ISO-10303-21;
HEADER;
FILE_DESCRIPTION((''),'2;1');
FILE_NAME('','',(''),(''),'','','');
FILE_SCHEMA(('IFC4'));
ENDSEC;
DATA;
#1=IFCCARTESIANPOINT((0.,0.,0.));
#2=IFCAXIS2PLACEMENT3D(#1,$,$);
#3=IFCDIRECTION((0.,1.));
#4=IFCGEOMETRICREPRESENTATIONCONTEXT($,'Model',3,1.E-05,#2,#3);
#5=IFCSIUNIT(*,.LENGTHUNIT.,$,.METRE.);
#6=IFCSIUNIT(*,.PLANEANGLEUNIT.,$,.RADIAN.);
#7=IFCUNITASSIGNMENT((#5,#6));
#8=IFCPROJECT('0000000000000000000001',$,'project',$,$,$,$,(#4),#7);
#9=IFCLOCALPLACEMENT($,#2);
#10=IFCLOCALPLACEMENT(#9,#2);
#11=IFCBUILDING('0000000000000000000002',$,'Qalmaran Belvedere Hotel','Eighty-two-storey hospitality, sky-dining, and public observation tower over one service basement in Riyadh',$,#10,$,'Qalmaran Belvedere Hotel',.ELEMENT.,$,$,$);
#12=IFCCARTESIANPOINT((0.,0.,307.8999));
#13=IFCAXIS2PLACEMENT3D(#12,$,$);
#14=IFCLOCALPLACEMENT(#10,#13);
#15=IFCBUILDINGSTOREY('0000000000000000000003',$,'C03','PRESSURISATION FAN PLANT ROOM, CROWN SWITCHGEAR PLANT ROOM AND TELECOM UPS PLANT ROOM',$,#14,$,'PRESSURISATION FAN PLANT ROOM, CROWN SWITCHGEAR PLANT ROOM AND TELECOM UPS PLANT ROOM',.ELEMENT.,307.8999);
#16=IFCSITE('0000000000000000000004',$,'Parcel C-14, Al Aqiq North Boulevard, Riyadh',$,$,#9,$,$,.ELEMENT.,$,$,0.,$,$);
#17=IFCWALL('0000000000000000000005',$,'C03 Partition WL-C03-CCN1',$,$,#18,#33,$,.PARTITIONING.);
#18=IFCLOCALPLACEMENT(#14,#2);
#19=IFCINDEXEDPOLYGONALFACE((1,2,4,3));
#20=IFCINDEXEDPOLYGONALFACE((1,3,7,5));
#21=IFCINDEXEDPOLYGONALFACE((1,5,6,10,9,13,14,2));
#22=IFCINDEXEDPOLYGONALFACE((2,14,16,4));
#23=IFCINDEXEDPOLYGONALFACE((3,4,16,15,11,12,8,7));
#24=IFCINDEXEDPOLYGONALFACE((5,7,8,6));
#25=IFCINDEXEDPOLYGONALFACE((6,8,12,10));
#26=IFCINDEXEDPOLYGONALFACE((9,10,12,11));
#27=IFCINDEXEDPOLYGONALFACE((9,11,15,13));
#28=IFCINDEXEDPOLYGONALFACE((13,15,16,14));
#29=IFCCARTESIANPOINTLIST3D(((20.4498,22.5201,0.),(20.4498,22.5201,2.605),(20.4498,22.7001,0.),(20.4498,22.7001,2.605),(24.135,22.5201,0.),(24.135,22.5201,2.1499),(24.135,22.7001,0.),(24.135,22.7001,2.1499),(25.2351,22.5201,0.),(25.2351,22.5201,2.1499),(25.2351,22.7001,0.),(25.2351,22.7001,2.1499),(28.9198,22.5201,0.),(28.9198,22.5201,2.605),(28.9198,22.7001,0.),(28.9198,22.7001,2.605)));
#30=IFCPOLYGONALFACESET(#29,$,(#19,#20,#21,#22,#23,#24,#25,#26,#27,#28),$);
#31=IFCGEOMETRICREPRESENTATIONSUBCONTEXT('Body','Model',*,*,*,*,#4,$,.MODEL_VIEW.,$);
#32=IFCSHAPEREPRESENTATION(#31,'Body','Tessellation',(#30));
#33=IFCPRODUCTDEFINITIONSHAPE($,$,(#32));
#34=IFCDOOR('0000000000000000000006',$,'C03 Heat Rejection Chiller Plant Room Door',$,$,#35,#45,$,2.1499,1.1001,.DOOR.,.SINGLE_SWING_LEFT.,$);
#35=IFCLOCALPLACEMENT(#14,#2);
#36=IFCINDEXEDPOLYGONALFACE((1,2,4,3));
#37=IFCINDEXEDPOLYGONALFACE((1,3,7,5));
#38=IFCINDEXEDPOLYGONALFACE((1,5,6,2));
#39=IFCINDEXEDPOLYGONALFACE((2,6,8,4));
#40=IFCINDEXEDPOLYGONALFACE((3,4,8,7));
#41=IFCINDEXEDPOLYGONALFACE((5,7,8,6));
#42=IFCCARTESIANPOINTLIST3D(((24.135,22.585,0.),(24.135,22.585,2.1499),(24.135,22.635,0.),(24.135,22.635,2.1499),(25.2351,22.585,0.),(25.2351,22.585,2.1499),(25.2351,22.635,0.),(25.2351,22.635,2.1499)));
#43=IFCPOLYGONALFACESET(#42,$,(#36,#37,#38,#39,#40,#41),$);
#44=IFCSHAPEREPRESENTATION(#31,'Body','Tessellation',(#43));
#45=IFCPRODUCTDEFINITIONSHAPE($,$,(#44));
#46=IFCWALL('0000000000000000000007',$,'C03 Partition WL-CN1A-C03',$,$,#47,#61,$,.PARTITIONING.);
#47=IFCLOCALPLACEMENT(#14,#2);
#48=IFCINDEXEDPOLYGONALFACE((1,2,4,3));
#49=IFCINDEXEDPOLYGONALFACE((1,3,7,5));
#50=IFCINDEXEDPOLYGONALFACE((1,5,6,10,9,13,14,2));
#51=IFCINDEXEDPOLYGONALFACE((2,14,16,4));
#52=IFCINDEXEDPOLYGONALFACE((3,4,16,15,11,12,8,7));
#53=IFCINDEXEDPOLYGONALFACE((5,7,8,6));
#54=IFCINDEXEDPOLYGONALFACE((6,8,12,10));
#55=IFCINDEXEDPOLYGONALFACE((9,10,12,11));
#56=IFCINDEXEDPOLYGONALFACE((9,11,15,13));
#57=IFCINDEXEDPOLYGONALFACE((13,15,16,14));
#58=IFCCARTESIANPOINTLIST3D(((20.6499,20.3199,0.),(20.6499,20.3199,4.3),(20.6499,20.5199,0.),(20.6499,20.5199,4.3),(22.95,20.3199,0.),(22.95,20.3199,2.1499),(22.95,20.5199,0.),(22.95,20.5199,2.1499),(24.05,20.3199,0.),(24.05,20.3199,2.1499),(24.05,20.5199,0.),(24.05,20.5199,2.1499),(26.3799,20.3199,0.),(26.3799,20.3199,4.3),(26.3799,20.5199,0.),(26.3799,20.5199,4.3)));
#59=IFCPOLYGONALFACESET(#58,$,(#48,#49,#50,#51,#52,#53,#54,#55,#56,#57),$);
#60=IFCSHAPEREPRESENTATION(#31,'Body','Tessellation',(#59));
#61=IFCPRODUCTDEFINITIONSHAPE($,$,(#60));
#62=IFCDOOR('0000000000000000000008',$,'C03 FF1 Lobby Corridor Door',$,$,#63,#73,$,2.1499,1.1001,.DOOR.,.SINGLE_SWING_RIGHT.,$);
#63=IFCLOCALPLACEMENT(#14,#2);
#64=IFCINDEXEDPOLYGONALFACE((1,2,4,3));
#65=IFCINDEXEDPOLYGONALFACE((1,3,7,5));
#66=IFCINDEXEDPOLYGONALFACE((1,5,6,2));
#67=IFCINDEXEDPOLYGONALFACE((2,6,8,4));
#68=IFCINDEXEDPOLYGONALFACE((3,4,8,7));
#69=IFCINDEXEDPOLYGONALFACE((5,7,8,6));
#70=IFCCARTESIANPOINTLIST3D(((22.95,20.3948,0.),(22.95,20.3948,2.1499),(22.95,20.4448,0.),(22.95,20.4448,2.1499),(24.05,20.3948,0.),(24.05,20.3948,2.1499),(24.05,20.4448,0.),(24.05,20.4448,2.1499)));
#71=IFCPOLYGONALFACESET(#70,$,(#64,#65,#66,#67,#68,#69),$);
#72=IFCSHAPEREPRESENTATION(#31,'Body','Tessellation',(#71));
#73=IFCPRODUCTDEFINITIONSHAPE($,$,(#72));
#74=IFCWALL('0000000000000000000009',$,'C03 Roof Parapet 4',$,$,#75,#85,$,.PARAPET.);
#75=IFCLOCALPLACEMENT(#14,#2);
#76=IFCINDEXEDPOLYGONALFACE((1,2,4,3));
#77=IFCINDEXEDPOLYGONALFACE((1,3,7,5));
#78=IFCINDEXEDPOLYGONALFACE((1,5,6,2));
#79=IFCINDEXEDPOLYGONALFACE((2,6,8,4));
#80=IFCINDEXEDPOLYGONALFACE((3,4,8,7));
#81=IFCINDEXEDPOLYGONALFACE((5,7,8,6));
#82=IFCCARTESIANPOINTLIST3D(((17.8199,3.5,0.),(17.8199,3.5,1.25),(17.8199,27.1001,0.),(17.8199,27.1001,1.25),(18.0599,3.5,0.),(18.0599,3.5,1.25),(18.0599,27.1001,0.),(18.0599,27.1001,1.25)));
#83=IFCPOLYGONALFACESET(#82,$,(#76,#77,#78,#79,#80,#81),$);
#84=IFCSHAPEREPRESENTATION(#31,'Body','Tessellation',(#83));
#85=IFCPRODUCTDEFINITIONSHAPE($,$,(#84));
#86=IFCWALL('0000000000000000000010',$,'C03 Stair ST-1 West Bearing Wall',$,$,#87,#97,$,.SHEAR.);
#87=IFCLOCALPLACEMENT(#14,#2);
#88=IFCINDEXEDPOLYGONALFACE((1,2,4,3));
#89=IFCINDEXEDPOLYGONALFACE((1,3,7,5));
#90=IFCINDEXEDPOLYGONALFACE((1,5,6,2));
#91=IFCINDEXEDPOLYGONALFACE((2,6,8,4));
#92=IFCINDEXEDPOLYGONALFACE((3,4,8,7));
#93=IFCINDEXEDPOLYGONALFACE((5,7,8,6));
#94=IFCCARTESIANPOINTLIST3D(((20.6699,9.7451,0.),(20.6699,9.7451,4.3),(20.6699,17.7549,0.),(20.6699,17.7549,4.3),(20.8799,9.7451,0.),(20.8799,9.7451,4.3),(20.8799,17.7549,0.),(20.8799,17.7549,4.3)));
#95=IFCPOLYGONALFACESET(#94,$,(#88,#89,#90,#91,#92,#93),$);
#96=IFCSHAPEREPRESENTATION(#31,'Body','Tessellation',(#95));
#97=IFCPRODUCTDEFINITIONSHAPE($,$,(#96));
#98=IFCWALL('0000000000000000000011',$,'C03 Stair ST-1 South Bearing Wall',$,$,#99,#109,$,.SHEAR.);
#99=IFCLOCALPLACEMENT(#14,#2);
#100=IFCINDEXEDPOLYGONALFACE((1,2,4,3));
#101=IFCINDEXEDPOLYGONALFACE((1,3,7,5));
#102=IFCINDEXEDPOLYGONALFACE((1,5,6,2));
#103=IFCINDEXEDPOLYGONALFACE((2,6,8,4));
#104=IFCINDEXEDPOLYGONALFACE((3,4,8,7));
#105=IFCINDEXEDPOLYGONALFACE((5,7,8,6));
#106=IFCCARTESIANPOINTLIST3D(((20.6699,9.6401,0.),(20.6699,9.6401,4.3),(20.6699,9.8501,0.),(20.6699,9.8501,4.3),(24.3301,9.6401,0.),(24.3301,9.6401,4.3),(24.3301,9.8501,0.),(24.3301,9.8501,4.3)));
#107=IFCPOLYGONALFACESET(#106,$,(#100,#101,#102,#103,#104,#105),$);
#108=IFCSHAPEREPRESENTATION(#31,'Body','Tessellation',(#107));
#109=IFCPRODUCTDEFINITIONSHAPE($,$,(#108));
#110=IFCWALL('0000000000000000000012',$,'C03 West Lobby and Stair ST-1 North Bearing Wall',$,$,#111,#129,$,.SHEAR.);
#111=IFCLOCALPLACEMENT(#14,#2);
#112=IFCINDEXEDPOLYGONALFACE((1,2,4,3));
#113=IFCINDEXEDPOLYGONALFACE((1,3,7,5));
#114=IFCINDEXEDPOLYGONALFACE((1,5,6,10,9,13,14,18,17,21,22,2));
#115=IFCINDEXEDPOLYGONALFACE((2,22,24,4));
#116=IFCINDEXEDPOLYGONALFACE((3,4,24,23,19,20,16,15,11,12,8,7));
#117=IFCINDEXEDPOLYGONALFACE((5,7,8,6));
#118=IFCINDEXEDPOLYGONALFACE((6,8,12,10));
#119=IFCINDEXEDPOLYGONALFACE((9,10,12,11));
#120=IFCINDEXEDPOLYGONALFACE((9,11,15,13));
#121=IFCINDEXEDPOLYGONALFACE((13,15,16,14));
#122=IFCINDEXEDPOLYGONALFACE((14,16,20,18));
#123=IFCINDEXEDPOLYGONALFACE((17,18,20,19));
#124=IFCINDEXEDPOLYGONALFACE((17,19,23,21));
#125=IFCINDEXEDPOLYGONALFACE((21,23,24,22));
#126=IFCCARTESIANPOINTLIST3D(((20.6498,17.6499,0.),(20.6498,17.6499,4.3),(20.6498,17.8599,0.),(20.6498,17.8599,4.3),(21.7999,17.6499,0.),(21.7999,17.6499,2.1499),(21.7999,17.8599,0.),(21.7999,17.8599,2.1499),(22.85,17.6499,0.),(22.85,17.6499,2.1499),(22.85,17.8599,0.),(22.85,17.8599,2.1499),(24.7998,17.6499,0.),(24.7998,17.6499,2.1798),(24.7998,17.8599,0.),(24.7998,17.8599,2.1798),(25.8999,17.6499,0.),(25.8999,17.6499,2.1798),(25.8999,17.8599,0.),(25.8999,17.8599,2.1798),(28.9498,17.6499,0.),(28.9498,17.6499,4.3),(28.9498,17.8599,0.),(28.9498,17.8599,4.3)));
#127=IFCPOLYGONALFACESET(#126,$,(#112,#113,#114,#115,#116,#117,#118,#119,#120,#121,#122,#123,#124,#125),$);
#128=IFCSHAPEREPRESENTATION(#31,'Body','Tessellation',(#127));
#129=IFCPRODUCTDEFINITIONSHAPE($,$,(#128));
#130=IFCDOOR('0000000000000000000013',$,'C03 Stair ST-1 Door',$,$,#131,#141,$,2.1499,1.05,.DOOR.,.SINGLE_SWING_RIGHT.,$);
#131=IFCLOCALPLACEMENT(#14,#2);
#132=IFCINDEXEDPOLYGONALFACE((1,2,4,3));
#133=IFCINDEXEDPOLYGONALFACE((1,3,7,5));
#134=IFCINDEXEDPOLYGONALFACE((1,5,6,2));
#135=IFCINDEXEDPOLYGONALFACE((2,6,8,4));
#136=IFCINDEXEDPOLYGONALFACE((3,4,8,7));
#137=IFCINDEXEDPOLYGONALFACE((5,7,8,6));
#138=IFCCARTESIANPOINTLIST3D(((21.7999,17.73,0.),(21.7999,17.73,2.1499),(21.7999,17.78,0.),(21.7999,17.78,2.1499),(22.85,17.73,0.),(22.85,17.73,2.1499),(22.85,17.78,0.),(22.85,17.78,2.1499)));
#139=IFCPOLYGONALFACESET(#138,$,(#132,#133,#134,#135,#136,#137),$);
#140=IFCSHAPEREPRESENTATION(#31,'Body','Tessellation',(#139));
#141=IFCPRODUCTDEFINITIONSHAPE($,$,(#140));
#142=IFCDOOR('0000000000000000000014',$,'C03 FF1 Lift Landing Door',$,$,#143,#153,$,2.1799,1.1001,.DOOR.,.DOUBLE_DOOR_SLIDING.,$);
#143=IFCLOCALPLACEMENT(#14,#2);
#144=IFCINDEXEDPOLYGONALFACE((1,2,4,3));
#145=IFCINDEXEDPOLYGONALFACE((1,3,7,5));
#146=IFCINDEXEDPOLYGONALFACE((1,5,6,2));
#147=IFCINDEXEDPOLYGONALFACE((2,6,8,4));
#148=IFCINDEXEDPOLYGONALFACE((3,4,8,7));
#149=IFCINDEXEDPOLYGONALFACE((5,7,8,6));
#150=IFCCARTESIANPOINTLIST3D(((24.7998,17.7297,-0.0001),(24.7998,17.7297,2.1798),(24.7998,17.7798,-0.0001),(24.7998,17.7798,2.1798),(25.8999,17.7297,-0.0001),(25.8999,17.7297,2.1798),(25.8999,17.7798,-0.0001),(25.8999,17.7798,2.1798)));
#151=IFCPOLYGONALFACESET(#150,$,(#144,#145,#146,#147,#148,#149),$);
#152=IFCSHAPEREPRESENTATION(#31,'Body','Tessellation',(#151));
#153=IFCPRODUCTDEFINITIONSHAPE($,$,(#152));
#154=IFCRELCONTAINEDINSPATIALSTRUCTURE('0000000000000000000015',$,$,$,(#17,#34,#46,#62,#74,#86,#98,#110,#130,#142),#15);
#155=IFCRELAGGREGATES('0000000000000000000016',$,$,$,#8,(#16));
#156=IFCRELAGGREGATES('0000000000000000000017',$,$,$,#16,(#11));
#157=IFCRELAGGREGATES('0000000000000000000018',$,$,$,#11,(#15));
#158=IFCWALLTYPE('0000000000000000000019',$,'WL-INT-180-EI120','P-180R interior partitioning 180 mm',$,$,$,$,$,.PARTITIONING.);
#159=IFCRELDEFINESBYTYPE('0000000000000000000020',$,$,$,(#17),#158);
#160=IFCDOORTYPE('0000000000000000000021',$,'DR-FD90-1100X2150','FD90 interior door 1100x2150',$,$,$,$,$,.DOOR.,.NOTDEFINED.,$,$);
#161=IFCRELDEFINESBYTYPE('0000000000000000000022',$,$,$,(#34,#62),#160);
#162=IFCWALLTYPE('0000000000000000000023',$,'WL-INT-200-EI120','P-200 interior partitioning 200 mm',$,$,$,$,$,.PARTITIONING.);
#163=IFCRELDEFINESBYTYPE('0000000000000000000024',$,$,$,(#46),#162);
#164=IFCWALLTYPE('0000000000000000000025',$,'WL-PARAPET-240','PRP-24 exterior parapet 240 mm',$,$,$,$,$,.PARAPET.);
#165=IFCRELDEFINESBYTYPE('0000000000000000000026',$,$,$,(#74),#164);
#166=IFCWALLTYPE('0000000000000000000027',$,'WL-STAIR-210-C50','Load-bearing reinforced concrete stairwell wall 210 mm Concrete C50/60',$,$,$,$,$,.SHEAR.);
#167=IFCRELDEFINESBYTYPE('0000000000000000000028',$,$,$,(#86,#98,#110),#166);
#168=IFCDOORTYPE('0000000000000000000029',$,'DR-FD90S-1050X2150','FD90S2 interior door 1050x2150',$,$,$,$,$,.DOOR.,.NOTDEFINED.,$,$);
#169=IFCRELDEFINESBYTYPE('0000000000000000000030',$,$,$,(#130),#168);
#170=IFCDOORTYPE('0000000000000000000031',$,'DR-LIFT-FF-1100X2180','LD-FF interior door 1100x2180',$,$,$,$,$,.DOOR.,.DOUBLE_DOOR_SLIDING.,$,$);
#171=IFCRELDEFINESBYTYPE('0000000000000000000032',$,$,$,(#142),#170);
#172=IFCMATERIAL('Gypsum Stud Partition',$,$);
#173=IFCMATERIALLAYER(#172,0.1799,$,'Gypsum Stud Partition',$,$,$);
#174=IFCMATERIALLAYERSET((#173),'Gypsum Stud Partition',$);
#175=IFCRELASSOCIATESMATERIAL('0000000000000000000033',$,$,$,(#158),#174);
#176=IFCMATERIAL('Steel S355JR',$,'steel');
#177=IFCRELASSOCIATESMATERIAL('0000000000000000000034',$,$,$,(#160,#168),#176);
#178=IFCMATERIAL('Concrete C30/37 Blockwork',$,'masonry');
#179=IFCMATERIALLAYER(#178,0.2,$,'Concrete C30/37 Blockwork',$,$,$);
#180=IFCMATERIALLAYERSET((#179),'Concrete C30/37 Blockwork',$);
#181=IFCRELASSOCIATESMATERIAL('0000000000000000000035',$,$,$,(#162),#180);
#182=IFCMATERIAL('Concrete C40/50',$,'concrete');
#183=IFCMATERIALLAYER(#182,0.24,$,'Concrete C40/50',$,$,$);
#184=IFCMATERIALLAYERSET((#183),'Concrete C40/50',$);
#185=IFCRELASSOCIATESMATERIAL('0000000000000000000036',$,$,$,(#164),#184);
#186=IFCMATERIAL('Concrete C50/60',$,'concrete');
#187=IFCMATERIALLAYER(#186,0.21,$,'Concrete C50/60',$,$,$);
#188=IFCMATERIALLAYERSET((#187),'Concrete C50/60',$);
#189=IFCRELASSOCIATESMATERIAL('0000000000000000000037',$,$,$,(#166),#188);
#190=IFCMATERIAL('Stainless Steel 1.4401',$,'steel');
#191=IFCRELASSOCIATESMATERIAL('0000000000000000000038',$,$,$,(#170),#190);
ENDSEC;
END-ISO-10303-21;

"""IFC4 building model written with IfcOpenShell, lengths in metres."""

from ifc_helpers import new_model, si_unit, direction, frame, frame_2d, origin, place, context, subcontext, project, spatial, rectangle, extrude, material, layer, layer_set, type_object, element, fill, save


model = new_model("IFC4")

# Units and contexts
model_context = context("Model", 3, precision=1e-05, world=origin(), true_north=direction((0.0, 1.0)))
body_context = subcontext(model_context, "Body", "Model", "MODEL_VIEW")
ifc_project = project(units=[si_unit("LENGTHUNIT", "METRE"), si_unit("PLANEANGLEUNIT", "RADIAN")], contexts=[model_context])

# Site, building, storey
site_placement = place(None, origin())
site = spatial("IfcSite", under=ifc_project, at=site_placement, Name="Parcel C-14, Al Aqiq North Boulevard, Riyadh", CompositionType="ELEMENT", RefElevation=0.0)
building_placement = place(site_placement, origin())
building = spatial("IfcBuilding", under=site, at=building_placement, Name="Qalmaran Belvedere Hotel", Description="Eighty-two-storey hospitality, sky-dining, and public observation tower over one service basement in Riyadh", LongName="Qalmaran Belvedere Hotel", CompositionType="ELEMENT")
storey_placement = place(building_placement, frame((0.0, 0.0, 307.8999)))
storey = spatial("IfcBuildingStorey", under=building, at=storey_placement, Name="C03", Description="PRESSURISATION FAN PLANT ROOM, CROWN SWITCHGEAR PLANT ROOM AND TELECOM UPS PLANT ROOM", LongName="PRESSURISATION FAN PLANT ROOM, CROWN SWITCHGEAR PLANT ROOM AND TELECOM UPS PLANT ROOM", CompositionType="ELEMENT", Elevation=307.8999)

# Shared definitions
ifc_material_1 = material(Name="Steel S355JR", Category="steel")

# Shared definitions
ifc_material_2 = material(Name="Concrete C40/50", Category="concrete")

# Shared definitions
ifc_material_3 = material(Name="Concrete C50/60", Category="concrete")

# Walls, openings, doors
ifc_material_4 = material(Name="Gypsum Stud Partition")
ifc_layer_1 = layer(ifc_material_4, 0.1799, Name="Gypsum Stud Partition")
ifc_layer_set_1 = layer_set([ifc_layer_1], Name="Gypsum Stud Partition")
wall_type_1 = type_object("IfcWallType", Name="WL-INT-180-EI120", Description="P-180R interior partitioning 180 mm", PredefinedType="PARTITIONING", material=ifc_layer_set_1)
wall_1_placement = place(storey_placement, frame((20.45, 22.6101, 0.0), z_axis=(0.0, 0.0, 1.0), x_axis=(1.0, 0.0, 0.0)))
wall_1 = element("IfcWall", 1, at=wall_1_placement, inside=storey, type_object=wall_type_1, Name="C03 Partition WL-C03-CCN1", PredefinedType="PARTITIONING", context=body_context, shape_type="SweptSolid", body=[
    extrude(rectangle(XDim=8.47, YDim=0.1799, at=frame_2d((4.2349, 0.0))), origin(), (0.0, 0.0, 1.0), 2.605),
])
opening_1_placement = place(wall_1_placement, frame((3.6851, 0.0, 0.0)))
opening_1 = element("IfcOpeningElement", 2, at=opening_1_placement, cuts=wall_1, PredefinedType="OPENING", context=body_context, shape_type="SweptSolid", body=[
    extrude(rectangle(XDim=1.1001, YDim=2.1499, at=frame_2d((0.55, 1.075))), frame((0.0, 0.1001, 0.0), z_axis=(0.0, -1.0, 0.0), x_axis=(1.0, 0.0, 0.0)), (0.0, 0.0, 1.0), 0.2),
])
door_type_1 = type_object("IfcDoorType", Name="DR-FD90-1100X2150", Description="FD90 interior door 1100x2150", OperationType="NOTDEFINED", PredefinedType="DOOR", material=ifc_material_1)
door_1_placement = place(opening_1_placement, origin())
door_1 = element("IfcDoor", 3, at=door_1_placement, inside=storey, type_object=door_type_1, Name="C03 Heat Rejection Chiller Plant Room Door", OperationType="SINGLE_SWING_LEFT", OverallHeight=2.1499, OverallWidth=1.1001, PredefinedType="DOOR", context=body_context, shape_type="SweptSolid", body=[
    extrude(rectangle(XDim=1.1001, YDim=2.1499, at=frame_2d((0.55, 1.075))), frame((0.0, 0.0249, 0.0), z_axis=(0.0, -1.0, 0.0), x_axis=(1.0, 0.0, 0.0)), (0.0, 0.0, 1.0), 0.05),
])
fill(opening_1, door_1)
ifc_material_5 = material(Name="Concrete C30/37 Blockwork", Category="masonry")
ifc_layer_2 = layer(ifc_material_5, 0.2, Name="Concrete C30/37 Blockwork")
ifc_layer_set_2 = layer_set([ifc_layer_2], Name="Concrete C30/37 Blockwork")
wall_type_2 = type_object("IfcWallType", Name="WL-INT-200-EI120", Description="P-200 interior partitioning 200 mm", PredefinedType="PARTITIONING", material=ifc_layer_set_2)
wall_2_placement = place(storey_placement, frame((20.6499, 20.4199, 0.0), z_axis=(0.0, 0.0, 1.0), x_axis=(1.0, 0.0, 0.0)))
wall_2 = element("IfcWall", 4, at=wall_2_placement, inside=storey, type_object=wall_type_2, Name="C03 Partition WL-CN1A-C03", PredefinedType="PARTITIONING", context=body_context, shape_type="SweptSolid", body=[
    extrude(rectangle(XDim=5.73, YDim=0.2, at=frame_2d((2.865, 0.0))), origin(), (0.0, 0.0, 1.0), 4.3),
])
opening_2_placement = place(wall_2_placement, frame((2.3, 0.0, 0.0)))
opening_2 = element("IfcOpeningElement", 5, at=opening_2_placement, cuts=wall_2, PredefinedType="OPENING", context=body_context, shape_type="SweptSolid", body=[
    extrude(rectangle(XDim=1.1001, YDim=2.1499, at=frame_2d((0.55, 1.075))), frame((0.0, 0.1099, 0.0), z_axis=(0.0, -1.0, 0.0), x_axis=(1.0, 0.0, 0.0)), (0.0, 0.0, 1.0), 0.22),
])
door_2_placement = place(opening_2_placement, origin())
door_2 = element("IfcDoor", 6, at=door_2_placement, inside=storey, type_object=door_type_1, Name="C03 FF1 Lobby Corridor Door", OperationType="SINGLE_SWING_RIGHT", OverallHeight=2.1499, OverallWidth=1.1001, PredefinedType="DOOR", context=body_context, shape_type="SweptSolid", body=[
    extrude(rectangle(XDim=1.1001, YDim=2.1499, at=frame_2d((0.55, 1.075))), frame((0.0, 0.0249, 0.0), z_axis=(0.0, -1.0, 0.0), x_axis=(1.0, 0.0, 0.0)), (0.0, 0.0, 1.0), 0.05),
])
fill(opening_2, door_2)

# Walls
ifc_layer_3 = layer(ifc_material_2, 0.24, Name="Concrete C40/50")
ifc_layer_set_3 = layer_set([ifc_layer_3], Name="Concrete C40/50")
wall_type_3 = type_object("IfcWallType", Name="WL-PARAPET-240", Description="PRP-24 exterior parapet 240 mm", PredefinedType="PARAPET", material=ifc_layer_set_3)
wall_3_placement = place(storey_placement, frame((17.9399, 27.1001, 0.0), z_axis=(0.0, 0.0, 1.0), x_axis=(0.0, -1.0, 0.0)))
element("IfcWall", 7, at=wall_3_placement, inside=storey, type_object=wall_type_3, Name="C03 Roof Parapet 4", PredefinedType="PARAPET", context=body_context, shape_type="SweptSolid", body=[
    extrude(rectangle(XDim=23.6001, YDim=0.24, at=frame_2d((11.8, 0.0))), origin(), (0.0, 0.0, 1.0), 1.25),
])
ifc_layer_4 = layer(ifc_material_3, 0.21, Name="Concrete C50/60")
ifc_layer_set_4 = layer_set([ifc_layer_4], Name="Concrete C50/60")
wall_type_4 = type_object("IfcWallType", Name="WL-STAIR-210-C50", Description="Load-bearing reinforced concrete stairwell wall 210 mm Concrete C50/60", PredefinedType="SHEAR", material=ifc_layer_set_4)
wall_4_placement = place(storey_placement, frame((20.7749, 9.7451, 0.0), z_axis=(0.0, 0.0, 1.0), x_axis=(0.0, 1.0, 0.0)))
element("IfcWall", 8, at=wall_4_placement, inside=storey, type_object=wall_type_4, Name="C03 Stair ST-1 West Bearing Wall", PredefinedType="SHEAR", context=body_context, shape_type="SweptSolid", body=[
    extrude(rectangle(XDim=8.0098, YDim=0.21, at=frame_2d((4.0049, 0.0))), origin(), (0.0, 0.0, 1.0), 4.3),
])
wall_5_placement = place(storey_placement, frame((20.6699, 9.7451, 0.0), z_axis=(0.0, 0.0, 1.0), x_axis=(1.0, 0.0, 0.0)))
element("IfcWall", 9, at=wall_5_placement, inside=storey, type_object=wall_type_4, Name="C03 Stair ST-1 South Bearing Wall", PredefinedType="SHEAR", context=body_context, shape_type="SweptSolid", body=[
    extrude(rectangle(XDim=3.6602, YDim=0.21, at=frame_2d((1.8301, 0.0))), origin(), (0.0, 0.0, 1.0), 4.3),
])

# Wall, openings, doors
wall_6_placement = place(storey_placement, frame((20.6499, 17.7549, 0.0), z_axis=(0.0, 0.0, 1.0), x_axis=(1.0, 0.0, 0.0)))
wall_6 = element("IfcWall", 10, at=wall_6_placement, inside=storey, type_object=wall_type_4, Name="C03 West Lobby and Stair ST-1 North Bearing Wall", PredefinedType="SHEAR", context=body_context, shape_type="SweptSolid", body=[
    extrude(rectangle(XDim=8.3, YDim=0.21, at=frame_2d((4.1499, 0.0))), origin(), (0.0, 0.0, 1.0), 4.3),
])
opening_3_placement = place(wall_6_placement, frame((2.2, 0.0, 0.0), z_axis=(0.0, 0.0, 1.0), x_axis=(-1.0, 0.0, 0.0)))
opening_3 = element("IfcOpeningElement", 11, at=opening_3_placement, cuts=wall_6, PredefinedType="OPENING", context=body_context, shape_type="SweptSolid", body=[
    extrude(rectangle(XDim=1.05, YDim=2.1499, at=frame_2d((0.5249, 1.075))), frame((0.0, 0.115, 0.0), z_axis=(0.0, -1.0, 0.0), x_axis=(1.0, 0.0, 0.0)), (0.0, 0.0, 1.0), 0.23),
])
opening_4_placement = place(wall_6_placement, frame((4.1499, 0.0, 0.0)))
opening_4 = element("IfcOpeningElement", 12, at=opening_4_placement, cuts=wall_6, PredefinedType="OPENING", context=body_context, shape_type="SweptSolid", body=[
    extrude(rectangle(XDim=1.1001, YDim=2.1799, at=frame_2d((0.55, 1.0898))), frame((0.0, 0.115, 0.0), z_axis=(0.0, -1.0, 0.0), x_axis=(1.0, 0.0, 0.0)), (0.0, 0.0, 1.0), 0.23),
])
door_type_2 = type_object("IfcDoorType", Name="DR-FD90S-1050X2150", Description="FD90S2 interior door 1050x2150", OperationType="NOTDEFINED", PredefinedType="DOOR", material=ifc_material_1)
door_3_placement = place(opening_3_placement, origin())
door_3 = element("IfcDoor", 13, at=door_3_placement, inside=storey, type_object=door_type_2, Name="C03 Stair ST-1 Door", OperationType="SINGLE_SWING_RIGHT", OverallHeight=2.1499, OverallWidth=1.05, PredefinedType="DOOR", context=body_context, shape_type="SweptSolid", body=[
    extrude(rectangle(XDim=1.05, YDim=2.1499, at=frame_2d((0.5249, 1.075))), frame((0.0, 0.0249, 0.0), z_axis=(0.0, -1.0, 0.0), x_axis=(1.0, 0.0, 0.0)), (0.0, 0.0, 1.0), 0.05),
])
fill(opening_3, door_3)
ifc_material_6 = material(Name="Stainless Steel 1.4401", Category="steel")
door_type_3 = type_object("IfcDoorType", Name="DR-LIFT-FF-1100X2180", Description="LD-FF interior door 1100x2180", OperationType="DOUBLE_DOOR_SLIDING", PredefinedType="DOOR", material=ifc_material_6)
door_4_placement = place(opening_4_placement, origin())
door_4 = element("IfcDoor", 14, at=door_4_placement, inside=storey, type_object=door_type_3, Name="C03 FF1 Lift Landing Door", OperationType="DOUBLE_DOOR_SLIDING", OverallHeight=2.1799, OverallWidth=1.1001, PredefinedType="DOOR", context=body_context, shape_type="SweptSolid", body=[
    extrude(rectangle(XDim=1.1001, YDim=2.1799, at=frame_2d((0.55, 1.0898))), frame((0.0, 0.0249, 0.0), z_axis=(0.0, -1.0, 0.0), x_axis=(1.0, 0.0, 0.0)), (0.0, 0.0, 1.0), 0.05),
])
fill(opening_4, door_4)

save(model, "model.ifc")
